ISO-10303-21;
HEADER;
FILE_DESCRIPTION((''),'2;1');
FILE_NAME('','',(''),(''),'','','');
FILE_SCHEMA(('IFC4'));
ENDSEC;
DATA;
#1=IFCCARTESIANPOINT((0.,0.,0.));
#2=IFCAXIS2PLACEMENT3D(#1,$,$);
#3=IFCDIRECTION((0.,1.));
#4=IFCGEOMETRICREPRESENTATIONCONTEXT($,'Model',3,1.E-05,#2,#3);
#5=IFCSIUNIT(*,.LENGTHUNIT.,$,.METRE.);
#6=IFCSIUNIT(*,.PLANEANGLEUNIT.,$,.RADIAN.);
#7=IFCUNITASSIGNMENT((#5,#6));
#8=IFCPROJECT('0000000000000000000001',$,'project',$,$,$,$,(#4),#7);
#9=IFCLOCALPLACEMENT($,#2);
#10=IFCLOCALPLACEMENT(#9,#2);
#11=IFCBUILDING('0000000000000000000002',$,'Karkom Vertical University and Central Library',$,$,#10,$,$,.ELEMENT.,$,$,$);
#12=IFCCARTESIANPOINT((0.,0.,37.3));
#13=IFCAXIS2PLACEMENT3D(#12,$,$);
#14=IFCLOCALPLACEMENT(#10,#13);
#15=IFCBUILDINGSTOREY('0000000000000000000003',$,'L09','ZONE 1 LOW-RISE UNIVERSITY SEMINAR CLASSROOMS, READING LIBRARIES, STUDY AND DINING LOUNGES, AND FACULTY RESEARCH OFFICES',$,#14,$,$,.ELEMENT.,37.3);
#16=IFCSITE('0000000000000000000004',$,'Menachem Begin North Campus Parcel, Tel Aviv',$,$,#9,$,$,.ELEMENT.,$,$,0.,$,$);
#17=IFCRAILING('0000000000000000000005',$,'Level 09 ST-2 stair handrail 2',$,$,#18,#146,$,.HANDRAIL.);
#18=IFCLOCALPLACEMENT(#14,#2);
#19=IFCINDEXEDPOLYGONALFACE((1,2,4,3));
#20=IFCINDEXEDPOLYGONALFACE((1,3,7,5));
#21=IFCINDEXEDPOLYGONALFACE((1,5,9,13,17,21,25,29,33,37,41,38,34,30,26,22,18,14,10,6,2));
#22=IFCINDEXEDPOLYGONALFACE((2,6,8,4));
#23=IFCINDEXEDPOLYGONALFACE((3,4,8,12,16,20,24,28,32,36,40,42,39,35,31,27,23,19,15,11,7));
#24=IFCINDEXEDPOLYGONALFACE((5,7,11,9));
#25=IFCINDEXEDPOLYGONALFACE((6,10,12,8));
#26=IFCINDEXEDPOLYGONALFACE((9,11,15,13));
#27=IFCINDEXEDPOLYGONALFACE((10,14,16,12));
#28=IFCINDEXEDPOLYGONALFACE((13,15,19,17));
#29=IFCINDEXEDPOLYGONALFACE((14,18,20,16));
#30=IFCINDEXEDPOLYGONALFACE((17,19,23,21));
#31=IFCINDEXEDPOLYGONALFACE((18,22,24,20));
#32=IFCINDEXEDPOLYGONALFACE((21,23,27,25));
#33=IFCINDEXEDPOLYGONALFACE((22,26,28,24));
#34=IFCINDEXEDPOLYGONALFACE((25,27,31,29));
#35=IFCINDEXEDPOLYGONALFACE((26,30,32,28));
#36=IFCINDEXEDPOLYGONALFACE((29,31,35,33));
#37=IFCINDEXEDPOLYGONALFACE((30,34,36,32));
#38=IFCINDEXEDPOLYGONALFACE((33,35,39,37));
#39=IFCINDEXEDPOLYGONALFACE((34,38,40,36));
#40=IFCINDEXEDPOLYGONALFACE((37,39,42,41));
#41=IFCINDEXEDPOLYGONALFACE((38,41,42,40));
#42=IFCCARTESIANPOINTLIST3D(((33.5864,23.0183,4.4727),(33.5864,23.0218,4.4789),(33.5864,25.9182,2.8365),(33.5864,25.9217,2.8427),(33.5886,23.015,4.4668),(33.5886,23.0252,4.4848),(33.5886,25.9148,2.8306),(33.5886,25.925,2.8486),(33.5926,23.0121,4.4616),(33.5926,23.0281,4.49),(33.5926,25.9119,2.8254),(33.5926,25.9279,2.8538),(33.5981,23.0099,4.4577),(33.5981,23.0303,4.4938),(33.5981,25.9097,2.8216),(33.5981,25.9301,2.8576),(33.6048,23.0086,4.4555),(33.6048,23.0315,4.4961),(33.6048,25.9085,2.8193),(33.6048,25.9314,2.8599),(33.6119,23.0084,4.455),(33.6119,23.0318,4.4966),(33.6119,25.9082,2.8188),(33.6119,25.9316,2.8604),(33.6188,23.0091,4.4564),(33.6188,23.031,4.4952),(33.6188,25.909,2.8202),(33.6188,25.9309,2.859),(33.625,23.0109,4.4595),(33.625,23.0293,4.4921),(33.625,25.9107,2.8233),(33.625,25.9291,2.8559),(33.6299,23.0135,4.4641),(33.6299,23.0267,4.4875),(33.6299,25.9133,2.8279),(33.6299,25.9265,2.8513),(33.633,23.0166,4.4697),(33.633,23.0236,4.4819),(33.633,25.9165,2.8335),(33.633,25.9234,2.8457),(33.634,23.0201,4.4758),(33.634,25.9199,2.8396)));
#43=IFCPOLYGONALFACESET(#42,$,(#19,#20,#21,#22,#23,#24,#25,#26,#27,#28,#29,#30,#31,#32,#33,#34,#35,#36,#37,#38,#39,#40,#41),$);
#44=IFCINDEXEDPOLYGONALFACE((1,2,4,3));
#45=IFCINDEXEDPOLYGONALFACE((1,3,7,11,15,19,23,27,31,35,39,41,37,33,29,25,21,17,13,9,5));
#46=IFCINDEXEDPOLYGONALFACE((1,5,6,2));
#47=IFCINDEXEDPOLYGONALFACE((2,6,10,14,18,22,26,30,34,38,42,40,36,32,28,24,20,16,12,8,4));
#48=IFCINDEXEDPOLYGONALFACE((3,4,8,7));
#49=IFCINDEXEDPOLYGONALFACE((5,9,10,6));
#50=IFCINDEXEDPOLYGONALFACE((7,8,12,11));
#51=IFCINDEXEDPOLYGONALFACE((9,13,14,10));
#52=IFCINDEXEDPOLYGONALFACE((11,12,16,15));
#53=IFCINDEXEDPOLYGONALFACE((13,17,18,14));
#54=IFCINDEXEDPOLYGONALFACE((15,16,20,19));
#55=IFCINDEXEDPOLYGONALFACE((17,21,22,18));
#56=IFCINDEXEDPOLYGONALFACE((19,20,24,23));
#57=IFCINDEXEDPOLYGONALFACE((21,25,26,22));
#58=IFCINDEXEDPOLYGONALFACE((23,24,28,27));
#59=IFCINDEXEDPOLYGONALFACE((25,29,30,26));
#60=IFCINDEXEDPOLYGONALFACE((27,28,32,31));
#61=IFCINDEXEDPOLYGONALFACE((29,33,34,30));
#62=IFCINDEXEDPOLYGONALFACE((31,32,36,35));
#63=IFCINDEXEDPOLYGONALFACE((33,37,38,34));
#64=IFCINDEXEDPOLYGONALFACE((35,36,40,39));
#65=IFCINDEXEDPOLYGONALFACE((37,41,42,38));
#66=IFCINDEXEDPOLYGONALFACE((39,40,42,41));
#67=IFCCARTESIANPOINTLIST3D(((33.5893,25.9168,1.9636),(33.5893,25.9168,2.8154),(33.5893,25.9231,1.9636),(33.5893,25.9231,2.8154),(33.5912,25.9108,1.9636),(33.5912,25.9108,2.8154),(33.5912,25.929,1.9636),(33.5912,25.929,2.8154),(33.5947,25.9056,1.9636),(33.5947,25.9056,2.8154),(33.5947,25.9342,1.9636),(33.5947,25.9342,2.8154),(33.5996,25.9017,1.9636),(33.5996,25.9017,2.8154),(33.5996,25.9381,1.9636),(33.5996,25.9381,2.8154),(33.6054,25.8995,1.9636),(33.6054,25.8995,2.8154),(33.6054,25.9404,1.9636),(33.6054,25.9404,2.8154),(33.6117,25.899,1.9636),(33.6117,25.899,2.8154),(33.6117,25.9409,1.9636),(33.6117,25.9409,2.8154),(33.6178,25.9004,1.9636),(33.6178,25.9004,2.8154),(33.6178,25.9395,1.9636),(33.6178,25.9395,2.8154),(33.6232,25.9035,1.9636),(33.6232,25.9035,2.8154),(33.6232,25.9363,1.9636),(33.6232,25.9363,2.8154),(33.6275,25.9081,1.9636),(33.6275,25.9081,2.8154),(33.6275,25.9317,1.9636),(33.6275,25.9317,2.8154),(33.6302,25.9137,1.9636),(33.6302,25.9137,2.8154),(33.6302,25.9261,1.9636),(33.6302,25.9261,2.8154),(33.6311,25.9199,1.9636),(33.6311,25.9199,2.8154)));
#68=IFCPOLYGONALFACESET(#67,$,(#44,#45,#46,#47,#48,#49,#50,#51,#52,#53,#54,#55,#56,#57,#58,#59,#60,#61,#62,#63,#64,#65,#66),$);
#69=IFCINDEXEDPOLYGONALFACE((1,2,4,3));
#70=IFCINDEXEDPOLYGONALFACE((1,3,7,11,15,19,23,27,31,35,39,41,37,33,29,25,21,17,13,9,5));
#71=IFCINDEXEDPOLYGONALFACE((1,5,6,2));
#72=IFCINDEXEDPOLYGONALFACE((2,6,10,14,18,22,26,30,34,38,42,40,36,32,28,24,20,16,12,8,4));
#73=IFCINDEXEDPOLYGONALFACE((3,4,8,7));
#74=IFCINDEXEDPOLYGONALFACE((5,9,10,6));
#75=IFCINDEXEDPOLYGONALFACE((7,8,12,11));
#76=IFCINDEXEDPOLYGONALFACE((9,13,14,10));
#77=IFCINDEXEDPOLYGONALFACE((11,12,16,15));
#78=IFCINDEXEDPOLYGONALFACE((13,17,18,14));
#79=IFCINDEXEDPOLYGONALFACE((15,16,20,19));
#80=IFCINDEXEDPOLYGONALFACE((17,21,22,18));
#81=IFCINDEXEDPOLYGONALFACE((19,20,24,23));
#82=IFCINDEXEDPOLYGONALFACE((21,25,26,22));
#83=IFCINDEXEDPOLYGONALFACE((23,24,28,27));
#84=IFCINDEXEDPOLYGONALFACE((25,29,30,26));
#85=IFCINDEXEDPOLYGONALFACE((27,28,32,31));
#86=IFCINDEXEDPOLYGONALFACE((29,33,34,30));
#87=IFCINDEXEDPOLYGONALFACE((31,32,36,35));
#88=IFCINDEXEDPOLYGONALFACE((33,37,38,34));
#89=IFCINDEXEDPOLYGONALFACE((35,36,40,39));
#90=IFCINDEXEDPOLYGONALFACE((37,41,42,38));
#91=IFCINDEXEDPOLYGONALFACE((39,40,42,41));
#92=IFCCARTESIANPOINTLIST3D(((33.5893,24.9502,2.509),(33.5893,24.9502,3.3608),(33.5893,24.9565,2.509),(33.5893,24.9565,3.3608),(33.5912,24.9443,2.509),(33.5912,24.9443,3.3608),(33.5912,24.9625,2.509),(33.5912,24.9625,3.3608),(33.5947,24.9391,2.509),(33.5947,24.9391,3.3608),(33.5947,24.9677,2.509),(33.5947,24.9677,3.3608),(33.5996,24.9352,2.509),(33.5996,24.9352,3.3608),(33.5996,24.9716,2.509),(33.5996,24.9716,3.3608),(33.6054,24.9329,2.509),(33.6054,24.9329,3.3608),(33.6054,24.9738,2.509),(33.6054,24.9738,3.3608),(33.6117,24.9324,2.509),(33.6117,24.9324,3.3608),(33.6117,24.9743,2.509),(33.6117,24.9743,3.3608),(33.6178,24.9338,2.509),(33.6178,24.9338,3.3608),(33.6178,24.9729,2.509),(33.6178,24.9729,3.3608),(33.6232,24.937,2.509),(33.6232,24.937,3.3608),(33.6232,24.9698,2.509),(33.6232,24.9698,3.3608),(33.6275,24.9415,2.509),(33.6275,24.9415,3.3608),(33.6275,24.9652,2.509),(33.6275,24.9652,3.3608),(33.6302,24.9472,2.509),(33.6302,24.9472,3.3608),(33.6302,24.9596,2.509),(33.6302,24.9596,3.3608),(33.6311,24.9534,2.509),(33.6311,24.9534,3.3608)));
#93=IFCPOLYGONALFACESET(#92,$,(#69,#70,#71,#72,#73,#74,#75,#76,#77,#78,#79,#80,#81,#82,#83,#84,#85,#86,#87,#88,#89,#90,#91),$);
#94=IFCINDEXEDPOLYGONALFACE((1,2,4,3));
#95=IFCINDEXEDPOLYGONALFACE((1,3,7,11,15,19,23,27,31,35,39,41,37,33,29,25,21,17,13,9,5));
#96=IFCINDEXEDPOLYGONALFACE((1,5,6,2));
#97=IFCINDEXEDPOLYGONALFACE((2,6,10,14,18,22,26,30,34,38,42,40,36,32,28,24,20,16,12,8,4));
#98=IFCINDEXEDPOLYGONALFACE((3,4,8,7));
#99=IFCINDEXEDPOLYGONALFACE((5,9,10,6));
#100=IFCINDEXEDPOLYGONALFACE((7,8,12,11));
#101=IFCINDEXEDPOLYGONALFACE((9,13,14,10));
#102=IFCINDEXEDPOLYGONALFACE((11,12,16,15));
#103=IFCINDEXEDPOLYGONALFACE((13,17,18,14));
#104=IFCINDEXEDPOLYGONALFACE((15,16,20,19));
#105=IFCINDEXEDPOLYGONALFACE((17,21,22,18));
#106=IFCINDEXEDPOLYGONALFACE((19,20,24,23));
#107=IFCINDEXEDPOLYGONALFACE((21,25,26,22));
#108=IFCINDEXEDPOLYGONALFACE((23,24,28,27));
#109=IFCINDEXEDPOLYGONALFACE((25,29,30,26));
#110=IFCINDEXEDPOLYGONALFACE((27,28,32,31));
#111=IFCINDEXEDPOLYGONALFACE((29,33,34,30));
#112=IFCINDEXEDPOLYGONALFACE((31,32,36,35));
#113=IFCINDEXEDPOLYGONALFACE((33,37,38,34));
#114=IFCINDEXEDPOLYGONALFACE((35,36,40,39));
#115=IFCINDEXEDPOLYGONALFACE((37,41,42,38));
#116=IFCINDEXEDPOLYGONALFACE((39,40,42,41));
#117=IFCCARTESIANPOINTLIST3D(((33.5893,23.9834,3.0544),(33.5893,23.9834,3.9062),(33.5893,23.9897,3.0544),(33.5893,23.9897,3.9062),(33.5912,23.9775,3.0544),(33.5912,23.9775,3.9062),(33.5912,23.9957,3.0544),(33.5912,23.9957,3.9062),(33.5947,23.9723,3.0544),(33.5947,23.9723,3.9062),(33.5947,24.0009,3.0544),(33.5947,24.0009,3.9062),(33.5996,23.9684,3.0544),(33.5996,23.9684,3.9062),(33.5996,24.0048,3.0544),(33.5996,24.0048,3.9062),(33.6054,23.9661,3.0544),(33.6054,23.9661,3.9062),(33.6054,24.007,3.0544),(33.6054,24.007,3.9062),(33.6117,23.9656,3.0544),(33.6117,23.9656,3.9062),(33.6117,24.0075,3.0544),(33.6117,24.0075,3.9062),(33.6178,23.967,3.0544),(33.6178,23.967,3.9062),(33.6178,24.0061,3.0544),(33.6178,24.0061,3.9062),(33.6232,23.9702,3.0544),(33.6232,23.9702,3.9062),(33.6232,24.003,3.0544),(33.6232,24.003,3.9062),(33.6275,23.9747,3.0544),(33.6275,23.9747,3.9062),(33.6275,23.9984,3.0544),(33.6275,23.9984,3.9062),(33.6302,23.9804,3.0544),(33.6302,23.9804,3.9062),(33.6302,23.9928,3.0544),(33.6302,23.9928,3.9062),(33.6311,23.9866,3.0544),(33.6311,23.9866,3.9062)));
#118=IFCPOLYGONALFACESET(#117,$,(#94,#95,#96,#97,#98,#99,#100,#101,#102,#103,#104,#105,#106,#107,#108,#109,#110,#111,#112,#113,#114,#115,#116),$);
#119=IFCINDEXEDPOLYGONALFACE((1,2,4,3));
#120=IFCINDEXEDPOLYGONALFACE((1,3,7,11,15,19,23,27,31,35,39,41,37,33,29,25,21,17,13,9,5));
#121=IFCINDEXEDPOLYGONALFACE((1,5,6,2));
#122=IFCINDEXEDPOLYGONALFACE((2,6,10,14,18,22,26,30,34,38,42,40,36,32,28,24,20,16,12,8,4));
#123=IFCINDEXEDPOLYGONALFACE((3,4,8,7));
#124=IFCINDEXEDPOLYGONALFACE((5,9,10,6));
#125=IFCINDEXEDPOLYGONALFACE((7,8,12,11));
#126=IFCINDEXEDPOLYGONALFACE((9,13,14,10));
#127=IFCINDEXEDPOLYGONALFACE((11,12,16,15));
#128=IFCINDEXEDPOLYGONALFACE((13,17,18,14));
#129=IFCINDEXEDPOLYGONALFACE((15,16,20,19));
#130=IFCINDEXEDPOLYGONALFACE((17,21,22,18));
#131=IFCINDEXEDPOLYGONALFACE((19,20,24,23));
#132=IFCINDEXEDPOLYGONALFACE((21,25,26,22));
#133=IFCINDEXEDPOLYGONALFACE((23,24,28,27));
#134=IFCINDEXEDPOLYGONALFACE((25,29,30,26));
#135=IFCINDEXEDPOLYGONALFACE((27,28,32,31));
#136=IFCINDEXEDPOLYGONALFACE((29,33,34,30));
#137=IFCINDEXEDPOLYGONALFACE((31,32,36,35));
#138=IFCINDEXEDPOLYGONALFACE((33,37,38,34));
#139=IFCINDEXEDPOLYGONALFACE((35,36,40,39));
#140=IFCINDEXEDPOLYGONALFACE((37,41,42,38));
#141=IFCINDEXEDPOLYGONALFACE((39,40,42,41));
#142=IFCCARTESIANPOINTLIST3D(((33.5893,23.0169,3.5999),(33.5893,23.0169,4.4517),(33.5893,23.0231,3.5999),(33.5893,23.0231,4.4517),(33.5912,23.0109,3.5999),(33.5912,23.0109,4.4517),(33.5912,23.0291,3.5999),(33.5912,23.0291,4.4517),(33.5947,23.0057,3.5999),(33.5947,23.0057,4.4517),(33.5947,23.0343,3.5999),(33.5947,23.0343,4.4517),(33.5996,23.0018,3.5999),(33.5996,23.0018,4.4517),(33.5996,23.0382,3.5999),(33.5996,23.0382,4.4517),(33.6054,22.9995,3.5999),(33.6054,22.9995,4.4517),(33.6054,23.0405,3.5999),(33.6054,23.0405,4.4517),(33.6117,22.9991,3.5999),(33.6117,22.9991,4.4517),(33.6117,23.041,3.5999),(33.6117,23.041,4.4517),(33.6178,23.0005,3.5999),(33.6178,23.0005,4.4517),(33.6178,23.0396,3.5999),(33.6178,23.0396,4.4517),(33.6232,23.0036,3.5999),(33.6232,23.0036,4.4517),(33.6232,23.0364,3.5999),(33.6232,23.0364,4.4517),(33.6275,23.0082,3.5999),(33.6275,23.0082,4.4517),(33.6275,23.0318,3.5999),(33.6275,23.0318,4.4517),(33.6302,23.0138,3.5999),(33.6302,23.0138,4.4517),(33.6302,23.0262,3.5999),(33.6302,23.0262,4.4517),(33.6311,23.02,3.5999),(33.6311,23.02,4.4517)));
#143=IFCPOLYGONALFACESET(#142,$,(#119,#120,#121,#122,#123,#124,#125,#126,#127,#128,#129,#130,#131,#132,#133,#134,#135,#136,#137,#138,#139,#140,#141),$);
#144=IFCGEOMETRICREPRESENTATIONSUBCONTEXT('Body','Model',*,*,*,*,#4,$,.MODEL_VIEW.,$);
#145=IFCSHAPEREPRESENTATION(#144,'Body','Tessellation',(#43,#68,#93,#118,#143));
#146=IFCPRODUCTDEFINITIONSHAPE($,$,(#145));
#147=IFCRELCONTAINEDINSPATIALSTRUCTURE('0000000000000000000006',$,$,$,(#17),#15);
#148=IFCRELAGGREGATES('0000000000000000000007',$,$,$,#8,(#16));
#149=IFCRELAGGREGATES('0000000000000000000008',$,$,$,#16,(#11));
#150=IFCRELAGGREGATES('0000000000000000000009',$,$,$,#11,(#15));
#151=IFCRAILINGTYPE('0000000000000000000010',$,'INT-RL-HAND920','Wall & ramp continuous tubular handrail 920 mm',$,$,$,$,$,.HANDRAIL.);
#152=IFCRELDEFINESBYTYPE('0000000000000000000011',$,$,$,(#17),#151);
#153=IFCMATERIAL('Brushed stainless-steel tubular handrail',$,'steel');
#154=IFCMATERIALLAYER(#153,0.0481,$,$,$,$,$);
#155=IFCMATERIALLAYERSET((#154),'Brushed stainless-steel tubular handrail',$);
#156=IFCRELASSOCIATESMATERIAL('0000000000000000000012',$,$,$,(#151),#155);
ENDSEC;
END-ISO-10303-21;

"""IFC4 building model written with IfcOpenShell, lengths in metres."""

from ifc_helpers import new_model, si_unit, direction, frame, origin, origin_2d, place, context, subcontext, project, spatial, circle, extrude, material, layer, layer_set, type_object, element, save


model = new_model("IFC4")

# Units and contexts
model_context = context("Model", 3, precision=1e-05, world=origin(), true_north=direction((0.0, 1.0)))
body_context = subcontext(model_context, "Body", "Model", "MODEL_VIEW")
ifc_project = project(units=[si_unit("LENGTHUNIT", "METRE"), si_unit("PLANEANGLEUNIT", "RADIAN")], contexts=[model_context])

# Site, building, storey
site_placement = place(None, origin())
site = spatial("IfcSite", under=ifc_project, at=site_placement, Name="Menachem Begin North Campus Parcel, Tel Aviv", CompositionType="ELEMENT", RefElevation=0.0)
building_placement = place(site_placement, origin())
building = spatial("IfcBuilding", under=site, at=building_placement, Name="Karkom Vertical University and Central Library", CompositionType="ELEMENT")
storey_placement = place(building_placement, frame((0.0, 0.0, 37.3)))
storey = spatial("IfcBuildingStorey", under=building, at=storey_placement, Name="L09", Description="ZONE 1 LOW-RISE UNIVERSITY SEMINAR CLASSROOMS, READING LIBRARIES, STUDY AND DINING LOUNGES, AND FACULTY RESEARCH OFFICES", CompositionType="ELEMENT", Elevation=37.3)

# Railing
ifc_material_1 = material(Name="Brushed stainless-steel tubular handrail", Category="steel")
ifc_layer_1 = layer(ifc_material_1, 0.0481)
ifc_layer_set_1 = layer_set([ifc_layer_1], Name="Brushed stainless-steel tubular handrail")
railing_type_1 = type_object("IfcRailingType", Name="INT-RL-HAND920", Description="Wall & ramp continuous tubular handrail 920 mm", PredefinedType="HANDRAIL", material=ifc_layer_set_1)
railing_1_placement = place(storey_placement, frame((33.6101, 25.9199, 1.9636)))
element("IfcRailing", 1, at=railing_1_placement, inside=storey, type_object=railing_type_1, Name="Level 09 ST-2 stair handrail 2", PredefinedType="HANDRAIL", context=body_context, shape_type="SweptSolid", body=[
    extrude(circle(Radius=0.0239, at=origin_2d()), frame((0.0, 0.0, 0.876), z_axis=(0.0, -0.870929, 0.49141), x_axis=(1.0, 0.0, 0.0)), (0.0, 0.0, 1.0), 3.3296),
    extrude(circle(Radius=0.021, at=origin_2d()), origin(), (0.0, 0.0, 1.0), 0.8518),
    extrude(circle(Radius=0.021, at=origin_2d()), frame((0.0, -0.9666, 0.5454)), (0.0, 0.0, 1.0), 0.8518),
    extrude(circle(Radius=0.021, at=origin_2d()), frame((0.0, -1.9333, 1.0908)), (0.0, 0.0, 1.0), 0.8518),
    extrude(circle(Radius=0.021, at=origin_2d()), frame((0.0, -2.8999, 1.6362)), (0.0, 0.0, 1.0), 0.8518),
])

save(model, "model.ifc")
